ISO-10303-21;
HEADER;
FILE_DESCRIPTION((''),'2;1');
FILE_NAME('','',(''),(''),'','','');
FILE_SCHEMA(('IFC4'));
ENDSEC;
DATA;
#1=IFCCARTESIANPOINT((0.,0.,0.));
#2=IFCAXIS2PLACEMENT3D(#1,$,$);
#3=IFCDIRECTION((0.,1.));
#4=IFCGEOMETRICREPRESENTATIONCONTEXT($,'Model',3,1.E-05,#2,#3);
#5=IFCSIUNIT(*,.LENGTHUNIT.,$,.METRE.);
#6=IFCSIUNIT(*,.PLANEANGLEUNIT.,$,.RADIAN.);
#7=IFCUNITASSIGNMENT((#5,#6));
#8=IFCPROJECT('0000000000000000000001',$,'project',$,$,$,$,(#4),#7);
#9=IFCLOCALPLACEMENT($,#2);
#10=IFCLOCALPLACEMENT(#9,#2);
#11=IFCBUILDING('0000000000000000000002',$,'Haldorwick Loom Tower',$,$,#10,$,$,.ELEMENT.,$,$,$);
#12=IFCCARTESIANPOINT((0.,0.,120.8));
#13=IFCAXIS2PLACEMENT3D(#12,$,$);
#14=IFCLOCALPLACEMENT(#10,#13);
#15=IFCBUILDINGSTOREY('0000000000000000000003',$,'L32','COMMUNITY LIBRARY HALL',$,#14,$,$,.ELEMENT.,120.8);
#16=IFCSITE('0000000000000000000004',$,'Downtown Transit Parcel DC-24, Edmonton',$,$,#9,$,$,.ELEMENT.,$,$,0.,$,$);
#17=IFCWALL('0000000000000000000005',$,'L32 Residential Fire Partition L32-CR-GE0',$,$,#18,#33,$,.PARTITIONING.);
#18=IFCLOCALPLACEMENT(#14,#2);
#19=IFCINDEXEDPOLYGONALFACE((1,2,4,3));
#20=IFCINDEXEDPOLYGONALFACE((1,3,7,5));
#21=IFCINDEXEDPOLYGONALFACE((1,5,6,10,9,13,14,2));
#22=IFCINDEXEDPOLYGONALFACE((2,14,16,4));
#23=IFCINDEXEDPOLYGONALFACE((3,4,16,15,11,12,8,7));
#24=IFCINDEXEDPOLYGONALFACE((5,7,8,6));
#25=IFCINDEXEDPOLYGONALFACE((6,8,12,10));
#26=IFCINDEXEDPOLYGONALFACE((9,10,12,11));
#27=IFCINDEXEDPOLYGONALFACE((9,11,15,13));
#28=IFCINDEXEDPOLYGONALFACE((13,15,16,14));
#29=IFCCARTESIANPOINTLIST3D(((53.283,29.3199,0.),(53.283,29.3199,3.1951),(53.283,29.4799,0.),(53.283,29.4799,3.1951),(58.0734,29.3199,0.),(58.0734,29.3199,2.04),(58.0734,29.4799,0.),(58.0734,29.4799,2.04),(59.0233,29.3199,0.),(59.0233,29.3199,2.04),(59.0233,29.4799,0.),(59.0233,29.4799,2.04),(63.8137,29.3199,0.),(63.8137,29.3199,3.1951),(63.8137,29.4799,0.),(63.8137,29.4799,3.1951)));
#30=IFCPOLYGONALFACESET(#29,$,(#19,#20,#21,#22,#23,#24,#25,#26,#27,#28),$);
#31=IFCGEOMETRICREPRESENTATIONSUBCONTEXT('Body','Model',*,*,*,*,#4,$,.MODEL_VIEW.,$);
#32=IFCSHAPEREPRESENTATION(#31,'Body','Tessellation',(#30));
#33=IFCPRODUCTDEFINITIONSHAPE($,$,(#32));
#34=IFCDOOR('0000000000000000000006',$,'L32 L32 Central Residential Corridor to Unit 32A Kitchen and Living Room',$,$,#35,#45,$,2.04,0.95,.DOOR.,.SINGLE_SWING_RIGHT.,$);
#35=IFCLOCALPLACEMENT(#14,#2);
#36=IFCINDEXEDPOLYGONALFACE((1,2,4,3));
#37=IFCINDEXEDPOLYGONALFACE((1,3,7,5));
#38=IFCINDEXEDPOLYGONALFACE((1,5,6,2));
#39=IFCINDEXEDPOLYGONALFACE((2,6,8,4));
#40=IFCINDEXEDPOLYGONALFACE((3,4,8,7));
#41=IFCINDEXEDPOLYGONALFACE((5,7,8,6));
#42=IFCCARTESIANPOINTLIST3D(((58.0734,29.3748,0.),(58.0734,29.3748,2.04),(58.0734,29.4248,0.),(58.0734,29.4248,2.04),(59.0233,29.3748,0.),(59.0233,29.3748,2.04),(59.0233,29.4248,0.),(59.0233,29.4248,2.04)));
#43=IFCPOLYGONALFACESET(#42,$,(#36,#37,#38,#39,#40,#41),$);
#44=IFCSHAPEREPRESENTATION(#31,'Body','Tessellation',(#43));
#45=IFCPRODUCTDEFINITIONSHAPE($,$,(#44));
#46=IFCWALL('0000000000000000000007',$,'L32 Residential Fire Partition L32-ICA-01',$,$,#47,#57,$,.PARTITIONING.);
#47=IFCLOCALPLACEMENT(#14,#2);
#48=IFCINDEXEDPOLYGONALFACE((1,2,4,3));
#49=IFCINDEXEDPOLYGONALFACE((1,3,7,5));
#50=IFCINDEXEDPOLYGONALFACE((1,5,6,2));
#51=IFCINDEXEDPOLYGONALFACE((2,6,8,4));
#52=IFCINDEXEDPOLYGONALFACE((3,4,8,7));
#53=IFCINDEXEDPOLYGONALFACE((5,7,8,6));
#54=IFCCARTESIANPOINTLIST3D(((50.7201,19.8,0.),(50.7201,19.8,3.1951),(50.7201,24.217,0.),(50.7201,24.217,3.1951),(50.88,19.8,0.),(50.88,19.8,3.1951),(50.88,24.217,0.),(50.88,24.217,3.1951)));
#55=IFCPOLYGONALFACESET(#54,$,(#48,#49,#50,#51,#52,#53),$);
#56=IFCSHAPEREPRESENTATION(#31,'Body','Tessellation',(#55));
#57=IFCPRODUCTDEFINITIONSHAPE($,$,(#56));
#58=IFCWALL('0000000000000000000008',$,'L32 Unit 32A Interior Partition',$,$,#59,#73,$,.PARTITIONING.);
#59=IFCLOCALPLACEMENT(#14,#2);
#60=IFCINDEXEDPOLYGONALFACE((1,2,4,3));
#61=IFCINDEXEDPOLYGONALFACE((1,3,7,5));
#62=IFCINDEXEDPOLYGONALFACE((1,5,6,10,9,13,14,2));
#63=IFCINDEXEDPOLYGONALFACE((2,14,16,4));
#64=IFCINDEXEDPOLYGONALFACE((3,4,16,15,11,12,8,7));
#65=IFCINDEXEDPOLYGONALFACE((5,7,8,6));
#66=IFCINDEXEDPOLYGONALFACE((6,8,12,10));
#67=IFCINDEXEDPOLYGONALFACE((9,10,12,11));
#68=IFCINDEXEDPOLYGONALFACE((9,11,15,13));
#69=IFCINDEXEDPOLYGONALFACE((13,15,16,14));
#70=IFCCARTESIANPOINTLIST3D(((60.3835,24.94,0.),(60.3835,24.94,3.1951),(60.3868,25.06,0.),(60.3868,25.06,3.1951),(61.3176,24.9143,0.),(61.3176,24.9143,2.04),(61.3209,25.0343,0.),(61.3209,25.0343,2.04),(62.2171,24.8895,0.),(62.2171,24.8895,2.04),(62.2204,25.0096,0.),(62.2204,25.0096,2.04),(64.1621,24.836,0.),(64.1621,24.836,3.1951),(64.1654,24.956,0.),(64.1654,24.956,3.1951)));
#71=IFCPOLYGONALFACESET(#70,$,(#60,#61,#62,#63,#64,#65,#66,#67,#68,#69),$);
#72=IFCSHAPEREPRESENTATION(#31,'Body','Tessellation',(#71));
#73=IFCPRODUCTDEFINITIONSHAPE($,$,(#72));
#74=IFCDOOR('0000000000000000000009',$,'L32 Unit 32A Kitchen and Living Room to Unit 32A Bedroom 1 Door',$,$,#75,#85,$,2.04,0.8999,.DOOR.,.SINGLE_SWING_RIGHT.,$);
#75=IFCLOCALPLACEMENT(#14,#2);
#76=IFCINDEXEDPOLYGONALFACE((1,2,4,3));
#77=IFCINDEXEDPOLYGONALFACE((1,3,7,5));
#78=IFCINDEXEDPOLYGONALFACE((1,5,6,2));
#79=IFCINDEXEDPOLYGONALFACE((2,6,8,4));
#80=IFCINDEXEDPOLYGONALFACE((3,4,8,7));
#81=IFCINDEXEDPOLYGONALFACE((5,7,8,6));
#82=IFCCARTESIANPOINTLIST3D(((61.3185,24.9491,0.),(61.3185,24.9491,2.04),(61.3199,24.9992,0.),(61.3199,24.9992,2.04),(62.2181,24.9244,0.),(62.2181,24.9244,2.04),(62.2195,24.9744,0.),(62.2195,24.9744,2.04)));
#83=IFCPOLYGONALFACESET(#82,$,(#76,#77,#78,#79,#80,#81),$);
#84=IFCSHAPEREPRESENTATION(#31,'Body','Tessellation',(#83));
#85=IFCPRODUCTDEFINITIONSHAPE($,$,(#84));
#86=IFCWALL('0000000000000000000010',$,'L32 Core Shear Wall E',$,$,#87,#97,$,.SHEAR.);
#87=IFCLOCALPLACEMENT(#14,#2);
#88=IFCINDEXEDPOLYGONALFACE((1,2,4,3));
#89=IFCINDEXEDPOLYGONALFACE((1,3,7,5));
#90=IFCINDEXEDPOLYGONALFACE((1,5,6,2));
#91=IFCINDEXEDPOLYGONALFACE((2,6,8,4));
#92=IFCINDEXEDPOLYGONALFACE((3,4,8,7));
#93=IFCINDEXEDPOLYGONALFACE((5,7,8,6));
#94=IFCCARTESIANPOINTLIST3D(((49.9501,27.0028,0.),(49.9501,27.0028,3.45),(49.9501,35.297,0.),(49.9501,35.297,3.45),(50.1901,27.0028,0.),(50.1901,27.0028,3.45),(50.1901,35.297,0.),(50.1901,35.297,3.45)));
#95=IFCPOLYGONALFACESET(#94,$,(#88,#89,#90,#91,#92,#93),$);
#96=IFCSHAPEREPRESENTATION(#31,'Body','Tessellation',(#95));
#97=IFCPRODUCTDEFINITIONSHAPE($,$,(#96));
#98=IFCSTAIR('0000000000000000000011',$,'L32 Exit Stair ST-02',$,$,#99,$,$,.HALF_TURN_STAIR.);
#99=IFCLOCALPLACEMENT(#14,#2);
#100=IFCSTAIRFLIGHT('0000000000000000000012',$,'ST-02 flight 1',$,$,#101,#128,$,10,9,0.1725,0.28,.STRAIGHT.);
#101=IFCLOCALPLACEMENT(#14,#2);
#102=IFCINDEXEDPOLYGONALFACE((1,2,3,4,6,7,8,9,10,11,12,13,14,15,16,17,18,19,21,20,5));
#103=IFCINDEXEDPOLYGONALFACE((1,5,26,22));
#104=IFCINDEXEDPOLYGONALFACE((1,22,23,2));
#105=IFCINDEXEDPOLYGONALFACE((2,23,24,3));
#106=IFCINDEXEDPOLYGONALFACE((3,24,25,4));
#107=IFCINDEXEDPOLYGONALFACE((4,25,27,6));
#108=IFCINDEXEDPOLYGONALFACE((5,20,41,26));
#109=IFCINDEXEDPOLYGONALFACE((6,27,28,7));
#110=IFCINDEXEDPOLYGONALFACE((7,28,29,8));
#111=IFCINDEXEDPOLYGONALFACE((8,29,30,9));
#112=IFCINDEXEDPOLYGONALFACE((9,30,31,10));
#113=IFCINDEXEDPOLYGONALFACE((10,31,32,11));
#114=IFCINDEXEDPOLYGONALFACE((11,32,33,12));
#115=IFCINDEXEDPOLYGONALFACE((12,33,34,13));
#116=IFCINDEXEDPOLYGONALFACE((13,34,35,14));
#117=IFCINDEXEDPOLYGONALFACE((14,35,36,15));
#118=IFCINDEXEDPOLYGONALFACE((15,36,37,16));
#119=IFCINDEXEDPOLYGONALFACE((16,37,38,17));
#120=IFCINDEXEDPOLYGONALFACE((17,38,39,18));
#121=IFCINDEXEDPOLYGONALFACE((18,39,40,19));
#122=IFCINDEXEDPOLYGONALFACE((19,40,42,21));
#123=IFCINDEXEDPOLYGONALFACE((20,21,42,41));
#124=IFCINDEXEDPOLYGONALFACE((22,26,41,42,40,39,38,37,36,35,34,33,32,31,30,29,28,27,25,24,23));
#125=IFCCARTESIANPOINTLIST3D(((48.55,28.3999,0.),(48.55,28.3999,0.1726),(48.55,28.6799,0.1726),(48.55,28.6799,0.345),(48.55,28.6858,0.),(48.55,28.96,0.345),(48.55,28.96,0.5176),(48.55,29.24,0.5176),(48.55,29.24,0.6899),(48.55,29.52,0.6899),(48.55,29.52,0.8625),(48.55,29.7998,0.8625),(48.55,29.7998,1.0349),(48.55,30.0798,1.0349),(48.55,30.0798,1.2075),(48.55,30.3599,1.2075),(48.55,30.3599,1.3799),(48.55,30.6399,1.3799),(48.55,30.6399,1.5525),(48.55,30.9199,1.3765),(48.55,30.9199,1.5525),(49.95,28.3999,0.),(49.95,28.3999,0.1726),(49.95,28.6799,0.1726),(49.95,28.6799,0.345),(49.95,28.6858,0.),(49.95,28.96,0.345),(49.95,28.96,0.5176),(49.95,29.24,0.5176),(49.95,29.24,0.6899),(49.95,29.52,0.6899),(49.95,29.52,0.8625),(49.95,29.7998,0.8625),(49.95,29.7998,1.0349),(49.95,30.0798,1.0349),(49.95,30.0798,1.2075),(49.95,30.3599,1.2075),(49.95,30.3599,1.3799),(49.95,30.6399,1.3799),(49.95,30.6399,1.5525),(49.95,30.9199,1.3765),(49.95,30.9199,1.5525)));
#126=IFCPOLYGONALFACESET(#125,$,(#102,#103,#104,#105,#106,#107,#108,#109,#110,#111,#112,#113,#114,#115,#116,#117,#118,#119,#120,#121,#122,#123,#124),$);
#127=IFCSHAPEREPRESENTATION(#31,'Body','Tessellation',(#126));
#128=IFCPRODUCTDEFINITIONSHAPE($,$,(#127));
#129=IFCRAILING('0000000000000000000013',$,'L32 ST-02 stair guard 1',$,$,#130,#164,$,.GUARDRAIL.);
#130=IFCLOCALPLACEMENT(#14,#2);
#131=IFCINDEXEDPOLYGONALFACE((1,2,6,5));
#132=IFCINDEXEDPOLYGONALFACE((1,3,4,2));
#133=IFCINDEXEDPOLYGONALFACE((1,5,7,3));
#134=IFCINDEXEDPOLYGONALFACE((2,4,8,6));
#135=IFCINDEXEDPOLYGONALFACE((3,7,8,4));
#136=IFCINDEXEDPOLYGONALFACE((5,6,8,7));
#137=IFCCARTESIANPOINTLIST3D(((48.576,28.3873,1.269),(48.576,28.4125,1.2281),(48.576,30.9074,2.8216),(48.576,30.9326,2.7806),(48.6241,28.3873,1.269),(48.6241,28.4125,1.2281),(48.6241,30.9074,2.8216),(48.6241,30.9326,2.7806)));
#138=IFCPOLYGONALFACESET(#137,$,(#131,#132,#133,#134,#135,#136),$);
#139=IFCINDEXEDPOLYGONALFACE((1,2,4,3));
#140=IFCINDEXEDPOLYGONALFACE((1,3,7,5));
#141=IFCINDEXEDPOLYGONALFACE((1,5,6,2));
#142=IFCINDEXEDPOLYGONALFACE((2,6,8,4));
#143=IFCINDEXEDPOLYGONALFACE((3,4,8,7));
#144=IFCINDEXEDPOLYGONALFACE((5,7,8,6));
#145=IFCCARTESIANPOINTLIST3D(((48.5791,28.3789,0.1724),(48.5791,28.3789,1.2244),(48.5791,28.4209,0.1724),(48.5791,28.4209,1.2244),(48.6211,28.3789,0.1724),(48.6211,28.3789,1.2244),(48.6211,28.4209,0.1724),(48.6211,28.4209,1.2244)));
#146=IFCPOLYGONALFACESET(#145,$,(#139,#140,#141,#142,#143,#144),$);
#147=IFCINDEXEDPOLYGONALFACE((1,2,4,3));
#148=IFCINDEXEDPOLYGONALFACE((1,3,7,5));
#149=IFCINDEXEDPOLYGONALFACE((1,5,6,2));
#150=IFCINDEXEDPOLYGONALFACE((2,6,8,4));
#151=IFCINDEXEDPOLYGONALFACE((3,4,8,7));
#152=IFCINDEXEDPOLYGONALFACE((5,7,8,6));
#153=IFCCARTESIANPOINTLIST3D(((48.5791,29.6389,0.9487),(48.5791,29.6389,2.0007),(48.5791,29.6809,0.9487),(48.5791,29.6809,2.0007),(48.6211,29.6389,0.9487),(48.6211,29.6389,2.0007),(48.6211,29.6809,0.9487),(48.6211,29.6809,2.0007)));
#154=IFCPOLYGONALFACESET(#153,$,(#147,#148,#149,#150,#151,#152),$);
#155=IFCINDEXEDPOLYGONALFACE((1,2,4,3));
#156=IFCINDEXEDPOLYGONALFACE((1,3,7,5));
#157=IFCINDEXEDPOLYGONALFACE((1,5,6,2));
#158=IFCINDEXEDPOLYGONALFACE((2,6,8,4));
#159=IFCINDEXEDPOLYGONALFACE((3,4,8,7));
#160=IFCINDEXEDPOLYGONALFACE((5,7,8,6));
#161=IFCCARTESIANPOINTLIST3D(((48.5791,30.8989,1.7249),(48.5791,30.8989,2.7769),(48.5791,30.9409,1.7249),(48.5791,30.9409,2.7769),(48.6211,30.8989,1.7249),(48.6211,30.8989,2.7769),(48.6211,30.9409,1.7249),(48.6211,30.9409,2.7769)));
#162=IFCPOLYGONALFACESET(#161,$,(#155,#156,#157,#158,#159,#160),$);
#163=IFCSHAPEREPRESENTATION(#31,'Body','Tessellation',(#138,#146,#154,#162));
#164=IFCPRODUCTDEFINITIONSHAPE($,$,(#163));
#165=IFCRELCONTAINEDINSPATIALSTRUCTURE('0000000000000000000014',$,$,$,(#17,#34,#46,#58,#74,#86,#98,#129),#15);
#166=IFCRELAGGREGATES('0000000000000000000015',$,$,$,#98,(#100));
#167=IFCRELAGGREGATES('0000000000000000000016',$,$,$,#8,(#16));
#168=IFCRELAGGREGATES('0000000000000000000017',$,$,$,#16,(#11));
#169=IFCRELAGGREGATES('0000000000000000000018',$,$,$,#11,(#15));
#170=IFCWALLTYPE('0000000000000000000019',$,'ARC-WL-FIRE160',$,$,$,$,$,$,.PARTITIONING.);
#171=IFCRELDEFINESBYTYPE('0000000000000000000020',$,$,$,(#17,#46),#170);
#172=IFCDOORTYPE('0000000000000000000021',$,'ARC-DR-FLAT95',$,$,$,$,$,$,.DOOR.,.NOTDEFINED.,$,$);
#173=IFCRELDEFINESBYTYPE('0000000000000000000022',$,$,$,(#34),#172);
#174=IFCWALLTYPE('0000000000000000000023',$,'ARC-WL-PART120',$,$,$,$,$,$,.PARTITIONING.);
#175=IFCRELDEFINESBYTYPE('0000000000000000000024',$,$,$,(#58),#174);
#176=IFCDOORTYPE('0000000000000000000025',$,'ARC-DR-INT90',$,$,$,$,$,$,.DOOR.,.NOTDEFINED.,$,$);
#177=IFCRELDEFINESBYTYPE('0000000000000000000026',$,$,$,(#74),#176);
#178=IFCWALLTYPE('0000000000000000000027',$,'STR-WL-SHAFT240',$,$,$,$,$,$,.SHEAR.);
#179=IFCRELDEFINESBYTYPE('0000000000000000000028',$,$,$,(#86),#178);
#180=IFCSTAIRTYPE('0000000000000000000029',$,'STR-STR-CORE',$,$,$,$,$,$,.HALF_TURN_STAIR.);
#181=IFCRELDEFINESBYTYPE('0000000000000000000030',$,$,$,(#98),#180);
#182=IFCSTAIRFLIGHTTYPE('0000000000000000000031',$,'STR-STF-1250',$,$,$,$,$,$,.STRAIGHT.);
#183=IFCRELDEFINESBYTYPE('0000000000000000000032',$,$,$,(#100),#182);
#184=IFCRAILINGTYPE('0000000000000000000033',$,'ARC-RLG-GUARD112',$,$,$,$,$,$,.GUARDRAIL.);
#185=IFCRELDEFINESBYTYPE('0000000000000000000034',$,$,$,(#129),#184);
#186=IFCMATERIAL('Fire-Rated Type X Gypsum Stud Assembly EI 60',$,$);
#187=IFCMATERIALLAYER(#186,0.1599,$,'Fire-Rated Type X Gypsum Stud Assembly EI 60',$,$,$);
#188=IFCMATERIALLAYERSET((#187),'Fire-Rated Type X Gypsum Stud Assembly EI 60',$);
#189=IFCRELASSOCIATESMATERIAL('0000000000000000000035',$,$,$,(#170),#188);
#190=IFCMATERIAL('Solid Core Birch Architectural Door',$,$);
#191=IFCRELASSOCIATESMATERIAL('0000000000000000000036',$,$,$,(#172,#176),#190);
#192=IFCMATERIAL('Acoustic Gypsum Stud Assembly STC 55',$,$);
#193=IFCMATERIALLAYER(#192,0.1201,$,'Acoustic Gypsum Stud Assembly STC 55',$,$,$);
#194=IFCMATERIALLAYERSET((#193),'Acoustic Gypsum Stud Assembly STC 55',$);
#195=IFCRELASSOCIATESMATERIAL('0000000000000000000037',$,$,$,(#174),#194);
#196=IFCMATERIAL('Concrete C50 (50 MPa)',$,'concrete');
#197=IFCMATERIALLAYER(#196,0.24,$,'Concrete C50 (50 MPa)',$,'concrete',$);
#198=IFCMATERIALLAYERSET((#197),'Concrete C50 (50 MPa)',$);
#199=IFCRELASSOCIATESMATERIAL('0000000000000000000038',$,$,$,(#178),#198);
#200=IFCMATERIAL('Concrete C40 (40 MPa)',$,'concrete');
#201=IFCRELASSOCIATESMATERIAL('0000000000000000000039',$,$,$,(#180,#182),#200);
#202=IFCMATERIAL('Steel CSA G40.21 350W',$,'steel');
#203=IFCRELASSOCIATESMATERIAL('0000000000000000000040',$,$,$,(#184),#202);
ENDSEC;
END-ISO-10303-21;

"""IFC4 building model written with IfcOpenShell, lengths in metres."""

from ifc_helpers import new_model, si_unit, direction, frame, frame_2d, origin, origin_2d, place, context, subcontext, project, spatial, polyline, rectangle, outline, extrude, material, layer, layer_set, type_object, element, fill, aggregate, save


model = new_model("IFC4")

# Units and contexts
model_context = context("Model", 3, precision=1e-05, world=origin(), true_north=direction((0.0, 1.0)))
body_context = subcontext(model_context, "Body", "Model", "MODEL_VIEW")
ifc_project = project(units=[si_unit("LENGTHUNIT", "METRE"), si_unit("PLANEANGLEUNIT", "RADIAN")], contexts=[model_context])

# Site, building, storey
site_placement = place(None, origin())
site = spatial("IfcSite", under=ifc_project, at=site_placement, Name="Downtown Transit Parcel DC-24, Edmonton", CompositionType="ELEMENT", RefElevation=0.0)
building_placement = place(site_placement, origin())
building = spatial("IfcBuilding", under=site, at=building_placement, Name="Haldorwick Loom Tower", CompositionType="ELEMENT")
storey_placement = place(building_placement, frame((0.0, 0.0, 120.8)))
storey = spatial("IfcBuildingStorey", under=building, at=storey_placement, Name="L32", Description="COMMUNITY LIBRARY HALL", CompositionType="ELEMENT", Elevation=120.8)

# Shared definitions
ifc_material_1 = material(Name="Steel CSA G40.21 350W", Category="steel")

# Shared definitions
ifc_material_2 = material(Name="Fire-Rated Type X Gypsum Stud Assembly EI 60")
ifc_layer_1 = layer(ifc_material_2, 0.1599, Name="Fire-Rated Type X Gypsum Stud Assembly EI 60")
ifc_layer_set_1 = layer_set([ifc_layer_1], Name="Fire-Rated Type X Gypsum Stud Assembly EI 60")
wall_type_1 = type_object("IfcWallType", Name="ARC-WL-FIRE160", PredefinedType="PARTITIONING", material=ifc_layer_set_1)

# Wall, opening, door
wall_1_placement = place(storey_placement, frame((53.283, 29.3999, 0.0), z_axis=(0.0, 0.0, 1.0), x_axis=(1.0, 0.0, 0.0)))
wall_1 = element("IfcWall", 1, at=wall_1_placement, inside=storey, type_object=wall_type_1, Name="L32 Residential Fire Partition L32-CR-GE0", PredefinedType="PARTITIONING", context=body_context, shape_type="SweptSolid", body=[
    extrude(rectangle(XDim=10.5308, YDim=0.1599, at=frame_2d((5.2654, 0.0))), origin(), (0.0, 0.0, 1.0), 3.1951),
])
opening_1_placement = place(wall_1_placement, frame((4.7903, 0.0, 0.0)))
opening_1 = element("IfcOpeningElement", 2, at=opening_1_placement, cuts=wall_1, PredefinedType="OPENING", context=body_context, shape_type="SweptSolid", body=[
    extrude(rectangle(XDim=0.95, YDim=2.04, at=frame_2d((0.4751, 1.02))), frame((0.0, 0.0898, 0.0), z_axis=(0.0, -1.0, 0.0), x_axis=(1.0, 0.0, 0.0)), (0.0, 0.0, 1.0), 0.1799),
])
ifc_material_3 = material(Name="Solid Core Birch Architectural Door")
door_type_1 = type_object("IfcDoorType", Name="ARC-DR-FLAT95", OperationType="NOTDEFINED", PredefinedType="DOOR", material=ifc_material_3)
door_1_placement = place(opening_1_placement, origin())
door_1 = element("IfcDoor", 3, at=door_1_placement, inside=storey, type_object=door_type_1, Name="L32 L32 Central Residential Corridor to Unit 32A Kitchen and Living Room", OperationType="SINGLE_SWING_RIGHT", OverallHeight=2.04, OverallWidth=0.95, PredefinedType="DOOR", context=body_context, shape_type="SweptSolid", body=[
    extrude(rectangle(XDim=0.95, YDim=2.04, at=frame_2d((0.4751, 1.02))), frame((0.0, 0.0249, 0.0), z_axis=(0.0, -1.0, 0.0), x_axis=(1.0, 0.0, 0.0)), (0.0, 0.0, 1.0), 0.05),
])
fill(opening_1, door_1)

# Wall
wall_2_placement = place(storey_placement, frame((50.8, 24.217, 0.0), z_axis=(0.0, 0.0, 1.0), x_axis=(0.0, -1.0, 0.0)))
element("IfcWall", 4, at=wall_2_placement, inside=storey, type_object=wall_type_1, Name="L32 Residential Fire Partition L32-ICA-01", PredefinedType="PARTITIONING", context=body_context, shape_type="SweptSolid", body=[
    extrude(rectangle(XDim=4.417, YDim=0.1599, at=frame_2d((2.2085, 0.0))), origin(), (0.0, 0.0, 1.0), 3.1951),
])

# Wall, opening, door
ifc_material_4 = material(Name="Acoustic Gypsum Stud Assembly STC 55")
ifc_layer_2 = layer(ifc_material_4, 0.1201, Name="Acoustic Gypsum Stud Assembly STC 55")
ifc_layer_set_2 = layer_set([ifc_layer_2], Name="Acoustic Gypsum Stud Assembly STC 55")
wall_type_2 = type_object("IfcWallType", Name="ARC-WL-PART120", PredefinedType="PARTITIONING", material=ifc_layer_set_2)
wall_3_placement = place(storey_placement, frame((60.385, 25.0, 0.0), z_axis=(0.0, 0.0, 1.0), x_axis=(0.999621, -0.027514, 0.0)))
wall_3 = element("IfcWall", 5, at=wall_3_placement, inside=storey, type_object=wall_type_2, Name="L32 Unit 32A Interior Partition", PredefinedType="PARTITIONING", context=body_context, shape_type="SweptSolid", body=[
    extrude(rectangle(XDim=3.78, YDim=0.1201, at=frame_2d((1.8901, 0.0))), origin(), (0.0, 0.0, 1.0), 3.1951),
])
opening_2_placement = place(wall_3_placement, frame((0.9346, 0.0, 0.0)))
opening_2 = element("IfcOpeningElement", 6, at=opening_2_placement, cuts=wall_3, PredefinedType="OPENING", context=body_context, shape_type="SweptSolid", body=[
    extrude(rectangle(XDim=0.8999, YDim=2.04, at=frame_2d((0.45, 1.02))), frame((0.0, 0.0701, 0.0), z_axis=(0.0, -1.0, 0.0), x_axis=(1.0, 0.0, 0.0)), (0.0, 0.0, 1.0), 0.1401),
])
door_type_2 = type_object("IfcDoorType", Name="ARC-DR-INT90", OperationType="NOTDEFINED", PredefinedType="DOOR", material=ifc_material_3)
door_2_placement = place(opening_2_placement, origin())
door_2 = element("IfcDoor", 7, at=door_2_placement, inside=storey, type_object=door_type_2, Name="L32 Unit 32A Kitchen and Living Room to Unit 32A Bedroom 1 Door", OperationType="SINGLE_SWING_RIGHT", OverallHeight=2.04, OverallWidth=0.8999, PredefinedType="DOOR", context=body_context, shape_type="SweptSolid", body=[
    extrude(rectangle(XDim=0.8999, YDim=2.04, at=frame_2d((0.45, 1.02))), frame((0.0, 0.0249, 0.0), z_axis=(0.0, -1.0, 0.0), x_axis=(1.0, 0.0, 0.0)), (0.0, 0.0, 1.0), 0.05),
])
fill(opening_2, door_2)

# Wall
ifc_material_5 = material(Name="Concrete C50 (50 MPa)", Category="concrete")
ifc_layer_3 = layer(ifc_material_5, 0.24, Name="Concrete C50 (50 MPa)", Category="concrete")
ifc_layer_set_3 = layer_set([ifc_layer_3], Name="Concrete C50 (50 MPa)")
wall_type_3 = type_object("IfcWallType", Name="STR-WL-SHAFT240", PredefinedType="SHEAR", material=ifc_layer_set_3)
wall_4_placement = place(storey_placement, frame((50.0701, 27.0029, 0.0), z_axis=(0.0, 0.0, 1.0), x_axis=(0.0, 1.0, 0.0)))
element("IfcWall", 8, at=wall_4_placement, inside=storey, type_object=wall_type_3, Name="L32 Core Shear Wall E", PredefinedType="SHEAR", context=body_context, shape_type="SweptSolid", body=[
    extrude(rectangle(XDim=8.2942, YDim=0.24, at=frame_2d((4.147, 0.0))), origin(), (0.0, 0.0, 1.0), 3.45),
])

# Stair, stair flight
ifc_material_6 = material(Name="Concrete C40 (40 MPa)", Category="concrete")
stair_type = type_object("IfcStairType", Name="STR-STR-CORE", PredefinedType="HALF_TURN_STAIR", material=ifc_material_6)
stair_placement = place(storey_placement, origin())
stair = element("IfcStair", 9, at=stair_placement, inside=storey, type_object=stair_type, Name="L32 Exit Stair ST-02", PredefinedType="HALF_TURN_STAIR")
stair_flight_type = type_object("IfcStairFlightType", Name="STR-STF-1250", PredefinedType="STRAIGHT", material=ifc_material_6)
stair_flight_placement = place(storey_placement, frame((49.25, 28.3999, 0.0), z_axis=(0.0, 0.0, 1.0), x_axis=(0.0, 1.0, 0.0)))
stair_flight = element("IfcStairFlight", 10, at=stair_flight_placement, type_object=stair_flight_type, Name="ST-02 flight 1", NumberOfRisers=10, NumberOfTreads=9, PredefinedType="STRAIGHT", RiserHeight=0.1725, TreadLength=0.28, context=body_context, shape_type="SweptSolid", body=[
    extrude(outline(polyline([(0.0, 0.0), (0.0, 0.1726), (0.28, 0.1726), (0.28, 0.345), (0.5601, 0.345), (0.5601, 0.5176), (0.8401, 0.5176), (0.8401, 0.6899), (1.1201, 0.6899), (1.1201, 0.8625), (1.3999, 0.8625), (1.3999, 1.0349), (1.6799, 1.0349), (1.6799, 1.2075), (1.96, 1.2075), (1.96, 1.3799), (2.24, 1.3799), (2.24, 1.5525), (2.52, 1.5525), (2.52, 1.7251), (2.52, 1.3765), (0.2859, 0.0), (0.0, 0.0)])), frame((0.0, 0.7, 0.0), z_axis=(0.0, -1.0, 0.0), x_axis=(1.0, 0.0, 0.0)), (0.0, 0.0, 1.0), 1.3999),
])
aggregate(stair, [stair_flight])

# Railing
railing_type_1 = type_object("IfcRailingType", Name="ARC-RLG-GUARD112", PredefinedType="GUARDRAIL", material=ifc_material_1)
railing_1_placement = place(storey_placement, frame((48.6001, 28.3999, 0.1724)))
element("IfcRailing", 11, at=railing_1_placement, inside=storey, type_object=railing_type_1, Name="L32 ST-02 stair guard 1", PredefinedType="GUARDRAIL", context=body_context, shape_type="SweptSolid", body=[
    extrude(rectangle(XDim=0.0481, YDim=0.0481, at=origin_2d()), frame((0.0, 0.0, 1.0762), z_axis=(0.0, 0.8514, 0.524516), x_axis=(-1.0, 0.0, 0.0)), (0.0, 0.0, 1.0), 2.96),
    extrude(rectangle(XDim=0.042, YDim=0.042, at=origin_2d()), origin(), (0.0, 0.0, 1.0), 1.052),
    extrude(rectangle(XDim=0.042, YDim=0.042, at=origin_2d()), frame((0.0, 1.26, 0.7764)), (0.0, 0.0, 1.0), 1.052),
    extrude(rectangle(XDim=0.042, YDim=0.042, at=origin_2d()), frame((0.0, 2.52, 1.5525)), (0.0, 0.0, 1.0), 1.052),
])

save(model, "model.ifc")
